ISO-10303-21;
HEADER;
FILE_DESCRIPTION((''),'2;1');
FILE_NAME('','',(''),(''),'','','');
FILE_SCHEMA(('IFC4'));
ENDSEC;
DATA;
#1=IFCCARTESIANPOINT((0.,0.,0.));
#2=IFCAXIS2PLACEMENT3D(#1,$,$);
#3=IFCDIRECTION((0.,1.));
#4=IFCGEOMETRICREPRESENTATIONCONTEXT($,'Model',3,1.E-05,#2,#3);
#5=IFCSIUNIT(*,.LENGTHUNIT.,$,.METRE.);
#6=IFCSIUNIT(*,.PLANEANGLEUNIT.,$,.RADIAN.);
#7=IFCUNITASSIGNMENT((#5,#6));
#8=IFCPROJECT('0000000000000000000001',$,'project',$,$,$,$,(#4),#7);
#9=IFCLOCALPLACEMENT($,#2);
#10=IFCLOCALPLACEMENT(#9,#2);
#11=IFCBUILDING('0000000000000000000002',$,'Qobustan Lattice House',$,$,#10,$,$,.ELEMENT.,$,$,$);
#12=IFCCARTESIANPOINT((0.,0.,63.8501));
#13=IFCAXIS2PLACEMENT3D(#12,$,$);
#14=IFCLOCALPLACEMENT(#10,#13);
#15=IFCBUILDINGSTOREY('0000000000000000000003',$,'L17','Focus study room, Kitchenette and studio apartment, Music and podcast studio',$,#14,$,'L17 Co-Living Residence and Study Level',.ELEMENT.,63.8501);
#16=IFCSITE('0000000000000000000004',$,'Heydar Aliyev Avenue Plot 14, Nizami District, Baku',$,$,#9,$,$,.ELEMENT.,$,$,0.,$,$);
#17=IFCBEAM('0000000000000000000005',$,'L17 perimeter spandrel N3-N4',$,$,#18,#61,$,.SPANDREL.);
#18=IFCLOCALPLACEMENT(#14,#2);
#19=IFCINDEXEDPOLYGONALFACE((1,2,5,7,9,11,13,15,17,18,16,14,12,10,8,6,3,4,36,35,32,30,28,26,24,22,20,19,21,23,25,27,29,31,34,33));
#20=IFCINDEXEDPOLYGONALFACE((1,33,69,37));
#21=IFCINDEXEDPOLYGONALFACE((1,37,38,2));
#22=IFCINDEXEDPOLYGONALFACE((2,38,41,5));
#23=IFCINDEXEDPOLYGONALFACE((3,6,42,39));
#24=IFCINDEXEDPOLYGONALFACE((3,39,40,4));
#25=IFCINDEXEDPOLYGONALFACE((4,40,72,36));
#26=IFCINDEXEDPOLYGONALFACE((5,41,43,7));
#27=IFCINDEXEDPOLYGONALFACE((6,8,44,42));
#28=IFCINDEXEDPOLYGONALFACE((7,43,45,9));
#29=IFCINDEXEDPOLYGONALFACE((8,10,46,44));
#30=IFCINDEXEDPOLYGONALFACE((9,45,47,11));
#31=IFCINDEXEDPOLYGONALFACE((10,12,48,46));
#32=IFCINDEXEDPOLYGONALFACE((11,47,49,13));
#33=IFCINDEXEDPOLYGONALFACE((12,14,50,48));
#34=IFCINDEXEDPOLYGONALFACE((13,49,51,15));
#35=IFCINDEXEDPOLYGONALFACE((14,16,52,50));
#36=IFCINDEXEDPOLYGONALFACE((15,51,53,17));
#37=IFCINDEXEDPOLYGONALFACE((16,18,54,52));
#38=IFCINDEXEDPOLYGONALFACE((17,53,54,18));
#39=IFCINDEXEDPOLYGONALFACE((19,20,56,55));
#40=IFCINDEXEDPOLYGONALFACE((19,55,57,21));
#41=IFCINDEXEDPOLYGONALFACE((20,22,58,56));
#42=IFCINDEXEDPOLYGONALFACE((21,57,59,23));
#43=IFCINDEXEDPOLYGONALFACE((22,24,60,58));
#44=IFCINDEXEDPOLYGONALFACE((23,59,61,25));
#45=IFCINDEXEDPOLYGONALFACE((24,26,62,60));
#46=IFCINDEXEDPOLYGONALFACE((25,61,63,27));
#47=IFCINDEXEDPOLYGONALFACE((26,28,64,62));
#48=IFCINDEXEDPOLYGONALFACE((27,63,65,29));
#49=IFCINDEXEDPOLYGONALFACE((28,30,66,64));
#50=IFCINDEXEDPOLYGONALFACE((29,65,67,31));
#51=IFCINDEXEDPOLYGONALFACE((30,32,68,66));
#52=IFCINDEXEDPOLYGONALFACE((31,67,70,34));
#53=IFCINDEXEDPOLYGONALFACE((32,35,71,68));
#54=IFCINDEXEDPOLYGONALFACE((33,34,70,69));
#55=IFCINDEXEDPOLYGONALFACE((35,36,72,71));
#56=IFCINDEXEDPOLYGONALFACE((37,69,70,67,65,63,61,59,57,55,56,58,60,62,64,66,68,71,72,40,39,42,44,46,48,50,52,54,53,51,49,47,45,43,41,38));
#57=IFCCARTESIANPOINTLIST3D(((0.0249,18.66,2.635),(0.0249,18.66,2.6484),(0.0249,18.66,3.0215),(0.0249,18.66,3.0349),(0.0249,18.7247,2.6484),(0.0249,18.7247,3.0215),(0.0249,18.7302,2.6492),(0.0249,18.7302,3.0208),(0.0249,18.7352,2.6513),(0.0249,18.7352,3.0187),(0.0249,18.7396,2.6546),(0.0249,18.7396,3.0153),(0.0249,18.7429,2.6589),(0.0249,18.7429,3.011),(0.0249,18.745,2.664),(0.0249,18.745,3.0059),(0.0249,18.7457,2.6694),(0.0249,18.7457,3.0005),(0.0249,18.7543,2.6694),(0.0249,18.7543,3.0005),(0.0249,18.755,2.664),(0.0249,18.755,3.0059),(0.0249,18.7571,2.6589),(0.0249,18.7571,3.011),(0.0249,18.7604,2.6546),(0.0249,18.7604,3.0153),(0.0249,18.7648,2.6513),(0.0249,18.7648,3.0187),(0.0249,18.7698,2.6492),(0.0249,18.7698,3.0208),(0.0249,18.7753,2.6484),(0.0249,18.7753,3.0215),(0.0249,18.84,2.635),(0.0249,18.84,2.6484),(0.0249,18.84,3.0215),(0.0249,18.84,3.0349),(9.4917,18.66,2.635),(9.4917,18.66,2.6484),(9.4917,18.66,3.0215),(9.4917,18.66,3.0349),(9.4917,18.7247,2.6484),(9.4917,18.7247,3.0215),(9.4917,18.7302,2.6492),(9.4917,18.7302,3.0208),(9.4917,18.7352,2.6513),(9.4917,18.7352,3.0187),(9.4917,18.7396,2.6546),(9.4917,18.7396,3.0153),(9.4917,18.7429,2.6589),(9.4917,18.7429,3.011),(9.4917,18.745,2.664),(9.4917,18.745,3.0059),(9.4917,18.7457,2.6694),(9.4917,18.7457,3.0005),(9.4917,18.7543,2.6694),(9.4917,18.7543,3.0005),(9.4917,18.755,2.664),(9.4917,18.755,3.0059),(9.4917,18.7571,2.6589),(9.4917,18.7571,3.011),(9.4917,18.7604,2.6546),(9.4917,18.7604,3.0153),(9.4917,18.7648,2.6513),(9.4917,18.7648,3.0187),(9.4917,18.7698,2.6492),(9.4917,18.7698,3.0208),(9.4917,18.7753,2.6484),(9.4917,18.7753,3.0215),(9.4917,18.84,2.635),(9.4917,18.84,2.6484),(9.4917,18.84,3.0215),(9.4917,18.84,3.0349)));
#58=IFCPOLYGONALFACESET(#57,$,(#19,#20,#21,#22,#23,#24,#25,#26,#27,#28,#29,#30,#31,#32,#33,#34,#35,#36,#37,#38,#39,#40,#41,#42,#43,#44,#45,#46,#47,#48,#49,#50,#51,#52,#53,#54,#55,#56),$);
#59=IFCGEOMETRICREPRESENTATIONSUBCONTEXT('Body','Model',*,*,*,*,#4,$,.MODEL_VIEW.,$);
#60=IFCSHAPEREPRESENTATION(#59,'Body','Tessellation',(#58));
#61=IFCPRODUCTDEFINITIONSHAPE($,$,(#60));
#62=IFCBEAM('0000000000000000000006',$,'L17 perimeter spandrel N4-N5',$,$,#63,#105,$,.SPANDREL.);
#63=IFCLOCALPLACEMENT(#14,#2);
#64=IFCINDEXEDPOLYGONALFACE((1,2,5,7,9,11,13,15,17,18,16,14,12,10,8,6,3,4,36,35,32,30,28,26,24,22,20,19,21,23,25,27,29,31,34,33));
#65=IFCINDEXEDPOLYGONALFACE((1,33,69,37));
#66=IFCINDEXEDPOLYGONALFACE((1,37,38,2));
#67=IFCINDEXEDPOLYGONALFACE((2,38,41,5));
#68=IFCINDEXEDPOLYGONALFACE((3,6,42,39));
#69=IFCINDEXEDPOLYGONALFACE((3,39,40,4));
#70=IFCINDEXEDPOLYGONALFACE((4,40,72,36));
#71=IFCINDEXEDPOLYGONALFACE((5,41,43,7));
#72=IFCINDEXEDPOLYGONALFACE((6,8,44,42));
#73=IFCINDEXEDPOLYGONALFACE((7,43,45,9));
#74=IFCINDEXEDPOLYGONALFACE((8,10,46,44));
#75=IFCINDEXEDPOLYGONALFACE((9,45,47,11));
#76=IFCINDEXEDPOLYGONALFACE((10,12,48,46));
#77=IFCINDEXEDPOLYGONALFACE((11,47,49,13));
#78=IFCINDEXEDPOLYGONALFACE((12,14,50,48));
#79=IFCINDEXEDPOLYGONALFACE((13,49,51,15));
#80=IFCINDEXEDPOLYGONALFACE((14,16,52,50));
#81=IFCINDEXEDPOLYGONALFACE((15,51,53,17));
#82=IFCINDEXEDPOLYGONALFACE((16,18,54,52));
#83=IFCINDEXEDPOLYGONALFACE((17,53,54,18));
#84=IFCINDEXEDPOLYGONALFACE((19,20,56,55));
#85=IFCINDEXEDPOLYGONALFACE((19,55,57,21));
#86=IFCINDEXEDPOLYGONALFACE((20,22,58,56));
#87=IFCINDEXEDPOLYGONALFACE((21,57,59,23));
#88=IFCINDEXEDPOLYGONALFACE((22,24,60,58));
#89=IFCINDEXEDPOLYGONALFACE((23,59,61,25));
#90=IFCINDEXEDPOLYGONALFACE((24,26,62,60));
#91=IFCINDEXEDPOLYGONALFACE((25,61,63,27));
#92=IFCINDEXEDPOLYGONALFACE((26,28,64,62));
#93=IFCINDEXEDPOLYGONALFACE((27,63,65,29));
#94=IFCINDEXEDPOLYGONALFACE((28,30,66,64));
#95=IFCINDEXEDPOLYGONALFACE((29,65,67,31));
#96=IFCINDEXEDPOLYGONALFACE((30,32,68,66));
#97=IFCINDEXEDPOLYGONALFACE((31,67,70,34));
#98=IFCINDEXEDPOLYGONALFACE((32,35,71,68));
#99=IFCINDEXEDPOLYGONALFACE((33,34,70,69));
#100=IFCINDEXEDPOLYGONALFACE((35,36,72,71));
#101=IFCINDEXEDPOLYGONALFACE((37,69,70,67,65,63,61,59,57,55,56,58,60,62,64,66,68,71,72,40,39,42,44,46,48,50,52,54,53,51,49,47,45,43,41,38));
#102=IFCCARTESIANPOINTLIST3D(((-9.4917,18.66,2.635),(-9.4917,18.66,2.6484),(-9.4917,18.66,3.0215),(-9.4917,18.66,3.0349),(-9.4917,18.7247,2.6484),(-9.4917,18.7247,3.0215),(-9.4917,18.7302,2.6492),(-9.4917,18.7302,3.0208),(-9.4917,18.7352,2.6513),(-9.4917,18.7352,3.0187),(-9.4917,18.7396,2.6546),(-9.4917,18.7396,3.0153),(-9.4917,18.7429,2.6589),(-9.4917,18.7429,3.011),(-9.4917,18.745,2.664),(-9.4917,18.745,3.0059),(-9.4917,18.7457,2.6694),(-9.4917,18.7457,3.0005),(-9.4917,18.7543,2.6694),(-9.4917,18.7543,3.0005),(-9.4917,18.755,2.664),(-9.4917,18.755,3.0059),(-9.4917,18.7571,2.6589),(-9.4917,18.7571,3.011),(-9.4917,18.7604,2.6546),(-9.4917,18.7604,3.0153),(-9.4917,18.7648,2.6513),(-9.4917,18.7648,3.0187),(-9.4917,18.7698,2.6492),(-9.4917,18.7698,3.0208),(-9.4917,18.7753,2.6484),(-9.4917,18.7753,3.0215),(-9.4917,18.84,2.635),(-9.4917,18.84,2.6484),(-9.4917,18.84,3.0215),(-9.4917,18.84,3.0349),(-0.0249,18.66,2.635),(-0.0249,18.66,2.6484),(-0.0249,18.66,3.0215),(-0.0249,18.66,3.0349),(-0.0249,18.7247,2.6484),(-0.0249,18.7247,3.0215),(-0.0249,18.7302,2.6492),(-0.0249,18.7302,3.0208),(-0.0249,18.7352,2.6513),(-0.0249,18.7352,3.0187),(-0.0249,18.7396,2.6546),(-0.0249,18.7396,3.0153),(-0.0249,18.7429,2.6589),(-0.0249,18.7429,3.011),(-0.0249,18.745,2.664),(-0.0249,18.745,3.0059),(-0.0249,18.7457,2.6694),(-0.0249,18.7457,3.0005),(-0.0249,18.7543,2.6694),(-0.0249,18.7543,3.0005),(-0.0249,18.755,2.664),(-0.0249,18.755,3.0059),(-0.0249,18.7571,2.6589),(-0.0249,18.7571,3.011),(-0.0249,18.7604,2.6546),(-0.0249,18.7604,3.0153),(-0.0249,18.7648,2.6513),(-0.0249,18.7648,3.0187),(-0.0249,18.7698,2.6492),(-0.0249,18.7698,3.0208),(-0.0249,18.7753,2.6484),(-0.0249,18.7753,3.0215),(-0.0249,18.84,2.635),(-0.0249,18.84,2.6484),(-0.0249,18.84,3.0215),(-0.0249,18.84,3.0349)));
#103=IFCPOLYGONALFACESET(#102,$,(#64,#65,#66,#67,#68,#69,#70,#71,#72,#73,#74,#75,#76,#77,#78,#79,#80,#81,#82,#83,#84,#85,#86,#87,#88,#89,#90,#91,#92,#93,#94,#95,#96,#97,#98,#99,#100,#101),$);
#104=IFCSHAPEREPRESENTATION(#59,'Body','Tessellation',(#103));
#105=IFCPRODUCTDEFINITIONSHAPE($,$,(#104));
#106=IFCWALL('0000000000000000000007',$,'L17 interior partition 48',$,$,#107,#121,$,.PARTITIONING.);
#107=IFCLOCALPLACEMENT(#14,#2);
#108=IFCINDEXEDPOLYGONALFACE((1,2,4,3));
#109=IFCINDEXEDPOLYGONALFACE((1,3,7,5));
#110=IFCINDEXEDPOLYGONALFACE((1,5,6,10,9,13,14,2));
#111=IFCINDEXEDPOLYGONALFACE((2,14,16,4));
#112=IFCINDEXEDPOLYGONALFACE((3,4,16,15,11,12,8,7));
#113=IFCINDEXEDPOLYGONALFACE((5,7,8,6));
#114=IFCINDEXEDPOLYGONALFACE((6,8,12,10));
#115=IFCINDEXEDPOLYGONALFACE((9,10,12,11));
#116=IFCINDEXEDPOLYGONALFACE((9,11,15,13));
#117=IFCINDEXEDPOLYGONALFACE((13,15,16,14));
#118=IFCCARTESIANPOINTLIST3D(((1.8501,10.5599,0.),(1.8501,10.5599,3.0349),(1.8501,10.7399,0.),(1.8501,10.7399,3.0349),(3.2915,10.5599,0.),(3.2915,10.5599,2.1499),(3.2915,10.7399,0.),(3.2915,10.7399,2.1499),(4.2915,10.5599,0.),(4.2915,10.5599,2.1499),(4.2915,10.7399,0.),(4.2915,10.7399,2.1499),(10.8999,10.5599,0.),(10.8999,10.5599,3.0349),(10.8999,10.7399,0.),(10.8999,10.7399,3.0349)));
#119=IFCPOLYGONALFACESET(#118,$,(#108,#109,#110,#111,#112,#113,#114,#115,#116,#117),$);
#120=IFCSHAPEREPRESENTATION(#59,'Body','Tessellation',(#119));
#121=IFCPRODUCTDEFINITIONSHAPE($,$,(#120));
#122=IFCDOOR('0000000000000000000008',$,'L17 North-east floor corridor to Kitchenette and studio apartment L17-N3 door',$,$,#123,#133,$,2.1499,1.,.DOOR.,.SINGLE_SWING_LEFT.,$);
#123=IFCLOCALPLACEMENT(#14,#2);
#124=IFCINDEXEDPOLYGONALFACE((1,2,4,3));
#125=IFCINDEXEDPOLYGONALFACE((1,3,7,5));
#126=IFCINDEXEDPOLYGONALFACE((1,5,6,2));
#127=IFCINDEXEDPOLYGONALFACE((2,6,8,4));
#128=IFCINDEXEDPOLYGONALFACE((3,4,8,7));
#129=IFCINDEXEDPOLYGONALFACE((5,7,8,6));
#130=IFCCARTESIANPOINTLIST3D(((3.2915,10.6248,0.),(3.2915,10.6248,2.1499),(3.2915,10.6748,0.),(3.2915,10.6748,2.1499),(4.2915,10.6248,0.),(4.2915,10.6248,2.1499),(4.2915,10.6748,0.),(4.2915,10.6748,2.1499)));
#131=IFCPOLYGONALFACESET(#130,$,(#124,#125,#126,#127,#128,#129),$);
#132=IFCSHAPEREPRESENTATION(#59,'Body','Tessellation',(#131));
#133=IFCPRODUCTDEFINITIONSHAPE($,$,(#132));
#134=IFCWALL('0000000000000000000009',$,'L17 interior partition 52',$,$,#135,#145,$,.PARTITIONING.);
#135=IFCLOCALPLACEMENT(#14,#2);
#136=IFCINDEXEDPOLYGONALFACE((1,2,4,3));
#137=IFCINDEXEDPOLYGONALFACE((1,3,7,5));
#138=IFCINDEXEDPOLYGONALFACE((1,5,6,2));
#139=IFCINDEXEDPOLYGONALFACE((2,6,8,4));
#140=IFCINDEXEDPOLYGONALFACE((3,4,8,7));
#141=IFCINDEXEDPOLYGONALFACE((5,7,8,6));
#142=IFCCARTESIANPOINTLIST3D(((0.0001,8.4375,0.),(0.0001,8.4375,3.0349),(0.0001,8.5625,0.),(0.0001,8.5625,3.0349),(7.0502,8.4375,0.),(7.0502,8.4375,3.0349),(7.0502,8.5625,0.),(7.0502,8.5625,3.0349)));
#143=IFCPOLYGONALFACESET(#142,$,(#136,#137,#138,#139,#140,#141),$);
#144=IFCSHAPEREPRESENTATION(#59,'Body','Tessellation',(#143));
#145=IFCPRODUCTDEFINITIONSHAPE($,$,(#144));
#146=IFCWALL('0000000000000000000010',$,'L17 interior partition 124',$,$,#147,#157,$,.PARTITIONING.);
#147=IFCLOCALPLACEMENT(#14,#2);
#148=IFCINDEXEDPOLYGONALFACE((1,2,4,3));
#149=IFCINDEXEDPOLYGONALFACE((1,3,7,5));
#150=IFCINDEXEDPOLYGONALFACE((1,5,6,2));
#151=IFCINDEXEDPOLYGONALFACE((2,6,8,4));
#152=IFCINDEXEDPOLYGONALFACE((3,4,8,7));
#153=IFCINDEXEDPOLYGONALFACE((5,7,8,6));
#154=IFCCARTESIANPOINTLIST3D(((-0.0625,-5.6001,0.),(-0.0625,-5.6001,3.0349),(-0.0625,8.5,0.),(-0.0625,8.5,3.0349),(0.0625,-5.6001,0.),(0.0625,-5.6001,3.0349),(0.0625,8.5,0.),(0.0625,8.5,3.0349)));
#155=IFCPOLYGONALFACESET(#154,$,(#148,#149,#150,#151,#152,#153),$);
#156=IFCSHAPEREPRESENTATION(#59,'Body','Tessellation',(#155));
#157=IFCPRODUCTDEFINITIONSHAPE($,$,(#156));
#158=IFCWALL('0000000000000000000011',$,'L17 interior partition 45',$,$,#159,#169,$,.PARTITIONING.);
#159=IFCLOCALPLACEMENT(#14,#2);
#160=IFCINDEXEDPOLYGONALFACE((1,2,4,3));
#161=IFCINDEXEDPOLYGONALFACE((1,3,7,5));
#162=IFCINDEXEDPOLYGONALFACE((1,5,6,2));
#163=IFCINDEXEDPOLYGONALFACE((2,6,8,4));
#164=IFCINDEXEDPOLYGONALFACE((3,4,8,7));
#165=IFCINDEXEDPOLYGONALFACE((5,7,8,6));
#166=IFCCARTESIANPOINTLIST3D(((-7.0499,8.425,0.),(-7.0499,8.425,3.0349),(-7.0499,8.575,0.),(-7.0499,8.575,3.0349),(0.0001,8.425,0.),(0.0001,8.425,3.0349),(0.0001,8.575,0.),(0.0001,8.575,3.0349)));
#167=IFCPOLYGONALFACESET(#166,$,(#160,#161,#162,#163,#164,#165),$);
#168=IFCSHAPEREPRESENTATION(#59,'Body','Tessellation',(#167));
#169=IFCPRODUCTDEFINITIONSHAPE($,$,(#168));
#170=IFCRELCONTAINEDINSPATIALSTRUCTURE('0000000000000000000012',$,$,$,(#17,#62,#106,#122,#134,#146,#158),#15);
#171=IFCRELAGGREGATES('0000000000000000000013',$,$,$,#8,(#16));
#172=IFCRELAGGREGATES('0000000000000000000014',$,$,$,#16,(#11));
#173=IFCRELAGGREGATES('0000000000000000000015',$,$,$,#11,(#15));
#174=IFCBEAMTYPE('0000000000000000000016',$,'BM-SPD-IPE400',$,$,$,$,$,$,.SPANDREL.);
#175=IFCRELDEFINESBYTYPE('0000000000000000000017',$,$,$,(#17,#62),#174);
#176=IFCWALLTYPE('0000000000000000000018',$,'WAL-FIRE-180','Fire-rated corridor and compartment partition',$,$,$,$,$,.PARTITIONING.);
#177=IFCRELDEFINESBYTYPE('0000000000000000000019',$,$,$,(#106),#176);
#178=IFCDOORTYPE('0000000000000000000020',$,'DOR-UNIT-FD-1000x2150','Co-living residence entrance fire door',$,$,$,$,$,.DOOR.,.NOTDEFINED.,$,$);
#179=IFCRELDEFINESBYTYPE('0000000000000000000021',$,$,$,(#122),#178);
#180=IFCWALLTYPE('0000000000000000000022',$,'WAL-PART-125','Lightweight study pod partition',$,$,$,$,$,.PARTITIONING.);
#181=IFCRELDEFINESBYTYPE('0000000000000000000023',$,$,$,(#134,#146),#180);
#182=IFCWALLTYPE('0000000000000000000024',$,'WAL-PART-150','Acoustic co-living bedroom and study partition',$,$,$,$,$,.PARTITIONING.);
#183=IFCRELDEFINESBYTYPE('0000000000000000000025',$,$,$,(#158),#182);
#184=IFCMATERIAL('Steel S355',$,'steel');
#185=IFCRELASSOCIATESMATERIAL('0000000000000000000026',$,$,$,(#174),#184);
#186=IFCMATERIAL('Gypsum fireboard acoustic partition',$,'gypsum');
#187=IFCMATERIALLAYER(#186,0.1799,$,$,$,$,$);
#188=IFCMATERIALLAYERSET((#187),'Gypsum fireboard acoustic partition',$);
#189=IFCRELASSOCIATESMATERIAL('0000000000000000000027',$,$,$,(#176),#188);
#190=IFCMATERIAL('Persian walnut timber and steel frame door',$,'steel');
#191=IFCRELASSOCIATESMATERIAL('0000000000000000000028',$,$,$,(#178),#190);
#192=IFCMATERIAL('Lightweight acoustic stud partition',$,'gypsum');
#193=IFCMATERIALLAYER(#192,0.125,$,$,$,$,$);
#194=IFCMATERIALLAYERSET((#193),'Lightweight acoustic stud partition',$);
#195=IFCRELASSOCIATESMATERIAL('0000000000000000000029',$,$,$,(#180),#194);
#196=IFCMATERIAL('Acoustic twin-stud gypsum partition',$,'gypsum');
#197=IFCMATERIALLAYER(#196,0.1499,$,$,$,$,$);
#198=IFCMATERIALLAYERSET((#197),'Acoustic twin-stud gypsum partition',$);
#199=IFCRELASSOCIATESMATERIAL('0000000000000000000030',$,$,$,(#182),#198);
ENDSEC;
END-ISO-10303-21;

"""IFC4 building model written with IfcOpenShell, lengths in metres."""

from ifc_helpers import new_model, si_unit, direction, frame, frame_2d, origin, origin_2d, place, context, subcontext, project, spatial, rectangle, i_section, extrude, material, layer, layer_set, material_profile, profile_set, type_object, element, fill, save


model = new_model("IFC4")

# Units and contexts
model_context = context("Model", 3, precision=1e-05, world=origin(), true_north=direction((0.0, 1.0)))
body_context = subcontext(model_context, "Body", "Model", "MODEL_VIEW")
ifc_project = project(units=[si_unit("LENGTHUNIT", "METRE"), si_unit("PLANEANGLEUNIT", "RADIAN")], contexts=[model_context])

# Site, building, storey
site_placement = place(None, origin())
site = spatial("IfcSite", under=ifc_project, at=site_placement, Name="Heydar Aliyev Avenue Plot 14, Nizami District, Baku", CompositionType="ELEMENT", RefElevation=0.0)
building_placement = place(site_placement, origin())
building = spatial("IfcBuilding", under=site, at=building_placement, Name="Qobustan Lattice House", CompositionType="ELEMENT")
storey_placement = place(building_placement, frame((0.0, 0.0, 63.8501)))
storey = spatial("IfcBuildingStorey", under=building, at=storey_placement, Name="L17", Description="Focus study room, Kitchenette and studio apartment, Music and podcast studio", LongName="L17 Co-Living Residence and Study Level", CompositionType="ELEMENT", Elevation=63.8501)

# Beams
ifc_material_1 = material(Name="Steel S355", Category="steel")
ifc_material_profile_1 = material_profile(ifc_material_1, i_section(OverallWidth=0.1799, OverallDepth=0.3999, WebThickness=0.0085, FlangeThickness=0.0134, FilletRadius=0.021, at=origin_2d()), Name="IPE400")
ifc_profile_set_1 = profile_set([ifc_material_profile_1], Name="Steel S355")
beam_type_1 = type_object("IfcBeamType", Name="BM-SPD-IPE400", PredefinedType="SPANDREL", material=ifc_profile_set_1)
for number, where, z_axis, x_axis, name in (
    (1, (9.4917, 18.75, 2.835), (-1.0, 0.0, 0.0), (0.0, -1.0, 0.0), "L17 perimeter spandrel N3-N4"),
    (2, (-0.0249, 18.75, 2.835), (-1.0, 0.0, 0.0), (0.0, -1.0, 0.0), "L17 perimeter spandrel N4-N5"),
):
    element("IfcBeam", number, at=place(storey_placement, frame(where, z_axis=z_axis, x_axis=x_axis)), inside=storey, type_object=beam_type_1, Name=name, PredefinedType="SPANDREL", context=body_context, shape_type="SweptSolid", body=[
        extrude(i_section(OverallWidth=0.1799, OverallDepth=0.3999, WebThickness=0.0085, FlangeThickness=0.0134, FilletRadius=0.021, at=origin_2d()), origin(), (0.0, 0.0, 1.0), 9.4668),
    ])

# Wall, opening, door
ifc_material_2 = material(Name="Gypsum fireboard acoustic partition", Category="gypsum")
ifc_layer_1 = layer(ifc_material_2, 0.1799)
ifc_layer_set_1 = layer_set([ifc_layer_1], Name="Gypsum fireboard acoustic partition")
wall_type_1 = type_object("IfcWallType", Name="WAL-FIRE-180", Description="Fire-rated corridor and compartment partition", PredefinedType="PARTITIONING", material=ifc_layer_set_1)
wall_1_placement = place(storey_placement, frame((1.8501, 10.6499, 0.0), z_axis=(0.0, 0.0, 1.0), x_axis=(1.0, 0.0, 0.0)))
wall_1 = element("IfcWall", 3, at=wall_1_placement, inside=storey, type_object=wall_type_1, Name="L17 interior partition 48", PredefinedType="PARTITIONING", context=body_context, shape_type="SweptSolid", body=[
    extrude(rectangle(XDim=9.0498, YDim=0.1799, at=frame_2d((4.5249, 0.0))), origin(), (0.0, 0.0, 1.0), 3.0349),
])
opening_1_placement = place(wall_1_placement, frame((1.4414, 0.0, 0.0)))
opening_1 = element("IfcOpeningElement", 4, at=opening_1_placement, cuts=wall_1, PredefinedType="OPENING", context=body_context, shape_type="SweptSolid", body=[
    extrude(rectangle(XDim=1.0, YDim=2.1499, at=frame_2d((0.5, 1.075))), frame((0.0, 0.0999, 0.0), z_axis=(0.0, -1.0, 0.0), x_axis=(1.0, 0.0, 0.0)), (0.0, 0.0, 1.0), 0.2),
])
ifc_material_3 = material(Name="Persian walnut timber and steel frame door", Category="steel")
door_type_1 = type_object("IfcDoorType", Name="DOR-UNIT-FD-1000x2150", Description="Co-living residence entrance fire door", OperationType="NOTDEFINED", PredefinedType="DOOR", material=ifc_material_3)
door_1_placement = place(opening_1_placement, origin())
door_1 = element("IfcDoor", 5, at=door_1_placement, inside=storey, type_object=door_type_1, Name="L17 North-east floor corridor to Kitchenette and studio apartment L17-N3 door", OperationType="SINGLE_SWING_LEFT", OverallHeight=2.1499, OverallWidth=1.0, PredefinedType="DOOR", context=body_context, shape_type="SweptSolid", body=[
    extrude(rectangle(XDim=1.0, YDim=2.1499, at=frame_2d((0.5, 1.075))), frame((0.0, 0.0249, 0.0), z_axis=(0.0, -1.0, 0.0), x_axis=(1.0, 0.0, 0.0)), (0.0, 0.0, 1.0), 0.05),
])
fill(opening_1, door_1)

# Walls
ifc_material_4 = material(Name="Lightweight acoustic stud partition", Category="gypsum")
ifc_layer_2 = layer(ifc_material_4, 0.125)
ifc_layer_set_2 = layer_set([ifc_layer_2], Name="Lightweight acoustic stud partition")
wall_type_2 = type_object("IfcWallType", Name="WAL-PART-125", Description="Lightweight study pod partition", PredefinedType="PARTITIONING", material=ifc_layer_set_2)
wall_2_placement = place(storey_placement, frame((7.05, 8.5, 0.0), z_axis=(0.0, 0.0, 1.0), x_axis=(-1.0, 0.0, 0.0)))
element("IfcWall", 6, at=wall_2_placement, inside=storey, type_object=wall_type_2, Name="L17 interior partition 52", PredefinedType="PARTITIONING", context=body_context, shape_type="SweptSolid", body=[
    extrude(rectangle(XDim=7.05, YDim=0.125, at=frame_2d((3.5249, 0.0))), origin(), (0.0, 0.0, 1.0), 3.0349),
])
wall_3_placement = place(storey_placement, frame((0.0, 8.5, 0.0), z_axis=(0.0, 0.0, 1.0), x_axis=(0.0, -1.0, 0.0)))
element("IfcWall", 7, at=wall_3_placement, inside=storey, type_object=wall_type_2, Name="L17 interior partition 124", PredefinedType="PARTITIONING", context=body_context, shape_type="SweptSolid", body=[
    extrude(rectangle(XDim=14.1001, YDim=0.125, at=frame_2d((7.05, 0.0))), origin(), (0.0, 0.0, 1.0), 3.0349),
])
ifc_material_5 = material(Name="Acoustic twin-stud gypsum partition", Category="gypsum")
ifc_layer_3 = layer(ifc_material_5, 0.1499)
ifc_layer_set_3 = layer_set([ifc_layer_3], Name="Acoustic twin-stud gypsum partition")
wall_type_3 = type_object("IfcWallType", Name="WAL-PART-150", Description="Acoustic co-living bedroom and study partition", PredefinedType="PARTITIONING", material=ifc_layer_set_3)
wall_4_placement = place(storey_placement, frame((0.0, 8.5, 0.0), z_axis=(0.0, 0.0, 1.0), x_axis=(-1.0, 0.0, 0.0)))
element("IfcWall", 8, at=wall_4_placement, inside=storey, type_object=wall_type_3, Name="L17 interior partition 45", PredefinedType="PARTITIONING", context=body_context, shape_type="SweptSolid", body=[
    extrude(rectangle(XDim=7.05, YDim=0.1499, at=frame_2d((3.5249, 0.0))), origin(), (0.0, 0.0, 1.0), 3.0349),
])

save(model, "model.ifc")
